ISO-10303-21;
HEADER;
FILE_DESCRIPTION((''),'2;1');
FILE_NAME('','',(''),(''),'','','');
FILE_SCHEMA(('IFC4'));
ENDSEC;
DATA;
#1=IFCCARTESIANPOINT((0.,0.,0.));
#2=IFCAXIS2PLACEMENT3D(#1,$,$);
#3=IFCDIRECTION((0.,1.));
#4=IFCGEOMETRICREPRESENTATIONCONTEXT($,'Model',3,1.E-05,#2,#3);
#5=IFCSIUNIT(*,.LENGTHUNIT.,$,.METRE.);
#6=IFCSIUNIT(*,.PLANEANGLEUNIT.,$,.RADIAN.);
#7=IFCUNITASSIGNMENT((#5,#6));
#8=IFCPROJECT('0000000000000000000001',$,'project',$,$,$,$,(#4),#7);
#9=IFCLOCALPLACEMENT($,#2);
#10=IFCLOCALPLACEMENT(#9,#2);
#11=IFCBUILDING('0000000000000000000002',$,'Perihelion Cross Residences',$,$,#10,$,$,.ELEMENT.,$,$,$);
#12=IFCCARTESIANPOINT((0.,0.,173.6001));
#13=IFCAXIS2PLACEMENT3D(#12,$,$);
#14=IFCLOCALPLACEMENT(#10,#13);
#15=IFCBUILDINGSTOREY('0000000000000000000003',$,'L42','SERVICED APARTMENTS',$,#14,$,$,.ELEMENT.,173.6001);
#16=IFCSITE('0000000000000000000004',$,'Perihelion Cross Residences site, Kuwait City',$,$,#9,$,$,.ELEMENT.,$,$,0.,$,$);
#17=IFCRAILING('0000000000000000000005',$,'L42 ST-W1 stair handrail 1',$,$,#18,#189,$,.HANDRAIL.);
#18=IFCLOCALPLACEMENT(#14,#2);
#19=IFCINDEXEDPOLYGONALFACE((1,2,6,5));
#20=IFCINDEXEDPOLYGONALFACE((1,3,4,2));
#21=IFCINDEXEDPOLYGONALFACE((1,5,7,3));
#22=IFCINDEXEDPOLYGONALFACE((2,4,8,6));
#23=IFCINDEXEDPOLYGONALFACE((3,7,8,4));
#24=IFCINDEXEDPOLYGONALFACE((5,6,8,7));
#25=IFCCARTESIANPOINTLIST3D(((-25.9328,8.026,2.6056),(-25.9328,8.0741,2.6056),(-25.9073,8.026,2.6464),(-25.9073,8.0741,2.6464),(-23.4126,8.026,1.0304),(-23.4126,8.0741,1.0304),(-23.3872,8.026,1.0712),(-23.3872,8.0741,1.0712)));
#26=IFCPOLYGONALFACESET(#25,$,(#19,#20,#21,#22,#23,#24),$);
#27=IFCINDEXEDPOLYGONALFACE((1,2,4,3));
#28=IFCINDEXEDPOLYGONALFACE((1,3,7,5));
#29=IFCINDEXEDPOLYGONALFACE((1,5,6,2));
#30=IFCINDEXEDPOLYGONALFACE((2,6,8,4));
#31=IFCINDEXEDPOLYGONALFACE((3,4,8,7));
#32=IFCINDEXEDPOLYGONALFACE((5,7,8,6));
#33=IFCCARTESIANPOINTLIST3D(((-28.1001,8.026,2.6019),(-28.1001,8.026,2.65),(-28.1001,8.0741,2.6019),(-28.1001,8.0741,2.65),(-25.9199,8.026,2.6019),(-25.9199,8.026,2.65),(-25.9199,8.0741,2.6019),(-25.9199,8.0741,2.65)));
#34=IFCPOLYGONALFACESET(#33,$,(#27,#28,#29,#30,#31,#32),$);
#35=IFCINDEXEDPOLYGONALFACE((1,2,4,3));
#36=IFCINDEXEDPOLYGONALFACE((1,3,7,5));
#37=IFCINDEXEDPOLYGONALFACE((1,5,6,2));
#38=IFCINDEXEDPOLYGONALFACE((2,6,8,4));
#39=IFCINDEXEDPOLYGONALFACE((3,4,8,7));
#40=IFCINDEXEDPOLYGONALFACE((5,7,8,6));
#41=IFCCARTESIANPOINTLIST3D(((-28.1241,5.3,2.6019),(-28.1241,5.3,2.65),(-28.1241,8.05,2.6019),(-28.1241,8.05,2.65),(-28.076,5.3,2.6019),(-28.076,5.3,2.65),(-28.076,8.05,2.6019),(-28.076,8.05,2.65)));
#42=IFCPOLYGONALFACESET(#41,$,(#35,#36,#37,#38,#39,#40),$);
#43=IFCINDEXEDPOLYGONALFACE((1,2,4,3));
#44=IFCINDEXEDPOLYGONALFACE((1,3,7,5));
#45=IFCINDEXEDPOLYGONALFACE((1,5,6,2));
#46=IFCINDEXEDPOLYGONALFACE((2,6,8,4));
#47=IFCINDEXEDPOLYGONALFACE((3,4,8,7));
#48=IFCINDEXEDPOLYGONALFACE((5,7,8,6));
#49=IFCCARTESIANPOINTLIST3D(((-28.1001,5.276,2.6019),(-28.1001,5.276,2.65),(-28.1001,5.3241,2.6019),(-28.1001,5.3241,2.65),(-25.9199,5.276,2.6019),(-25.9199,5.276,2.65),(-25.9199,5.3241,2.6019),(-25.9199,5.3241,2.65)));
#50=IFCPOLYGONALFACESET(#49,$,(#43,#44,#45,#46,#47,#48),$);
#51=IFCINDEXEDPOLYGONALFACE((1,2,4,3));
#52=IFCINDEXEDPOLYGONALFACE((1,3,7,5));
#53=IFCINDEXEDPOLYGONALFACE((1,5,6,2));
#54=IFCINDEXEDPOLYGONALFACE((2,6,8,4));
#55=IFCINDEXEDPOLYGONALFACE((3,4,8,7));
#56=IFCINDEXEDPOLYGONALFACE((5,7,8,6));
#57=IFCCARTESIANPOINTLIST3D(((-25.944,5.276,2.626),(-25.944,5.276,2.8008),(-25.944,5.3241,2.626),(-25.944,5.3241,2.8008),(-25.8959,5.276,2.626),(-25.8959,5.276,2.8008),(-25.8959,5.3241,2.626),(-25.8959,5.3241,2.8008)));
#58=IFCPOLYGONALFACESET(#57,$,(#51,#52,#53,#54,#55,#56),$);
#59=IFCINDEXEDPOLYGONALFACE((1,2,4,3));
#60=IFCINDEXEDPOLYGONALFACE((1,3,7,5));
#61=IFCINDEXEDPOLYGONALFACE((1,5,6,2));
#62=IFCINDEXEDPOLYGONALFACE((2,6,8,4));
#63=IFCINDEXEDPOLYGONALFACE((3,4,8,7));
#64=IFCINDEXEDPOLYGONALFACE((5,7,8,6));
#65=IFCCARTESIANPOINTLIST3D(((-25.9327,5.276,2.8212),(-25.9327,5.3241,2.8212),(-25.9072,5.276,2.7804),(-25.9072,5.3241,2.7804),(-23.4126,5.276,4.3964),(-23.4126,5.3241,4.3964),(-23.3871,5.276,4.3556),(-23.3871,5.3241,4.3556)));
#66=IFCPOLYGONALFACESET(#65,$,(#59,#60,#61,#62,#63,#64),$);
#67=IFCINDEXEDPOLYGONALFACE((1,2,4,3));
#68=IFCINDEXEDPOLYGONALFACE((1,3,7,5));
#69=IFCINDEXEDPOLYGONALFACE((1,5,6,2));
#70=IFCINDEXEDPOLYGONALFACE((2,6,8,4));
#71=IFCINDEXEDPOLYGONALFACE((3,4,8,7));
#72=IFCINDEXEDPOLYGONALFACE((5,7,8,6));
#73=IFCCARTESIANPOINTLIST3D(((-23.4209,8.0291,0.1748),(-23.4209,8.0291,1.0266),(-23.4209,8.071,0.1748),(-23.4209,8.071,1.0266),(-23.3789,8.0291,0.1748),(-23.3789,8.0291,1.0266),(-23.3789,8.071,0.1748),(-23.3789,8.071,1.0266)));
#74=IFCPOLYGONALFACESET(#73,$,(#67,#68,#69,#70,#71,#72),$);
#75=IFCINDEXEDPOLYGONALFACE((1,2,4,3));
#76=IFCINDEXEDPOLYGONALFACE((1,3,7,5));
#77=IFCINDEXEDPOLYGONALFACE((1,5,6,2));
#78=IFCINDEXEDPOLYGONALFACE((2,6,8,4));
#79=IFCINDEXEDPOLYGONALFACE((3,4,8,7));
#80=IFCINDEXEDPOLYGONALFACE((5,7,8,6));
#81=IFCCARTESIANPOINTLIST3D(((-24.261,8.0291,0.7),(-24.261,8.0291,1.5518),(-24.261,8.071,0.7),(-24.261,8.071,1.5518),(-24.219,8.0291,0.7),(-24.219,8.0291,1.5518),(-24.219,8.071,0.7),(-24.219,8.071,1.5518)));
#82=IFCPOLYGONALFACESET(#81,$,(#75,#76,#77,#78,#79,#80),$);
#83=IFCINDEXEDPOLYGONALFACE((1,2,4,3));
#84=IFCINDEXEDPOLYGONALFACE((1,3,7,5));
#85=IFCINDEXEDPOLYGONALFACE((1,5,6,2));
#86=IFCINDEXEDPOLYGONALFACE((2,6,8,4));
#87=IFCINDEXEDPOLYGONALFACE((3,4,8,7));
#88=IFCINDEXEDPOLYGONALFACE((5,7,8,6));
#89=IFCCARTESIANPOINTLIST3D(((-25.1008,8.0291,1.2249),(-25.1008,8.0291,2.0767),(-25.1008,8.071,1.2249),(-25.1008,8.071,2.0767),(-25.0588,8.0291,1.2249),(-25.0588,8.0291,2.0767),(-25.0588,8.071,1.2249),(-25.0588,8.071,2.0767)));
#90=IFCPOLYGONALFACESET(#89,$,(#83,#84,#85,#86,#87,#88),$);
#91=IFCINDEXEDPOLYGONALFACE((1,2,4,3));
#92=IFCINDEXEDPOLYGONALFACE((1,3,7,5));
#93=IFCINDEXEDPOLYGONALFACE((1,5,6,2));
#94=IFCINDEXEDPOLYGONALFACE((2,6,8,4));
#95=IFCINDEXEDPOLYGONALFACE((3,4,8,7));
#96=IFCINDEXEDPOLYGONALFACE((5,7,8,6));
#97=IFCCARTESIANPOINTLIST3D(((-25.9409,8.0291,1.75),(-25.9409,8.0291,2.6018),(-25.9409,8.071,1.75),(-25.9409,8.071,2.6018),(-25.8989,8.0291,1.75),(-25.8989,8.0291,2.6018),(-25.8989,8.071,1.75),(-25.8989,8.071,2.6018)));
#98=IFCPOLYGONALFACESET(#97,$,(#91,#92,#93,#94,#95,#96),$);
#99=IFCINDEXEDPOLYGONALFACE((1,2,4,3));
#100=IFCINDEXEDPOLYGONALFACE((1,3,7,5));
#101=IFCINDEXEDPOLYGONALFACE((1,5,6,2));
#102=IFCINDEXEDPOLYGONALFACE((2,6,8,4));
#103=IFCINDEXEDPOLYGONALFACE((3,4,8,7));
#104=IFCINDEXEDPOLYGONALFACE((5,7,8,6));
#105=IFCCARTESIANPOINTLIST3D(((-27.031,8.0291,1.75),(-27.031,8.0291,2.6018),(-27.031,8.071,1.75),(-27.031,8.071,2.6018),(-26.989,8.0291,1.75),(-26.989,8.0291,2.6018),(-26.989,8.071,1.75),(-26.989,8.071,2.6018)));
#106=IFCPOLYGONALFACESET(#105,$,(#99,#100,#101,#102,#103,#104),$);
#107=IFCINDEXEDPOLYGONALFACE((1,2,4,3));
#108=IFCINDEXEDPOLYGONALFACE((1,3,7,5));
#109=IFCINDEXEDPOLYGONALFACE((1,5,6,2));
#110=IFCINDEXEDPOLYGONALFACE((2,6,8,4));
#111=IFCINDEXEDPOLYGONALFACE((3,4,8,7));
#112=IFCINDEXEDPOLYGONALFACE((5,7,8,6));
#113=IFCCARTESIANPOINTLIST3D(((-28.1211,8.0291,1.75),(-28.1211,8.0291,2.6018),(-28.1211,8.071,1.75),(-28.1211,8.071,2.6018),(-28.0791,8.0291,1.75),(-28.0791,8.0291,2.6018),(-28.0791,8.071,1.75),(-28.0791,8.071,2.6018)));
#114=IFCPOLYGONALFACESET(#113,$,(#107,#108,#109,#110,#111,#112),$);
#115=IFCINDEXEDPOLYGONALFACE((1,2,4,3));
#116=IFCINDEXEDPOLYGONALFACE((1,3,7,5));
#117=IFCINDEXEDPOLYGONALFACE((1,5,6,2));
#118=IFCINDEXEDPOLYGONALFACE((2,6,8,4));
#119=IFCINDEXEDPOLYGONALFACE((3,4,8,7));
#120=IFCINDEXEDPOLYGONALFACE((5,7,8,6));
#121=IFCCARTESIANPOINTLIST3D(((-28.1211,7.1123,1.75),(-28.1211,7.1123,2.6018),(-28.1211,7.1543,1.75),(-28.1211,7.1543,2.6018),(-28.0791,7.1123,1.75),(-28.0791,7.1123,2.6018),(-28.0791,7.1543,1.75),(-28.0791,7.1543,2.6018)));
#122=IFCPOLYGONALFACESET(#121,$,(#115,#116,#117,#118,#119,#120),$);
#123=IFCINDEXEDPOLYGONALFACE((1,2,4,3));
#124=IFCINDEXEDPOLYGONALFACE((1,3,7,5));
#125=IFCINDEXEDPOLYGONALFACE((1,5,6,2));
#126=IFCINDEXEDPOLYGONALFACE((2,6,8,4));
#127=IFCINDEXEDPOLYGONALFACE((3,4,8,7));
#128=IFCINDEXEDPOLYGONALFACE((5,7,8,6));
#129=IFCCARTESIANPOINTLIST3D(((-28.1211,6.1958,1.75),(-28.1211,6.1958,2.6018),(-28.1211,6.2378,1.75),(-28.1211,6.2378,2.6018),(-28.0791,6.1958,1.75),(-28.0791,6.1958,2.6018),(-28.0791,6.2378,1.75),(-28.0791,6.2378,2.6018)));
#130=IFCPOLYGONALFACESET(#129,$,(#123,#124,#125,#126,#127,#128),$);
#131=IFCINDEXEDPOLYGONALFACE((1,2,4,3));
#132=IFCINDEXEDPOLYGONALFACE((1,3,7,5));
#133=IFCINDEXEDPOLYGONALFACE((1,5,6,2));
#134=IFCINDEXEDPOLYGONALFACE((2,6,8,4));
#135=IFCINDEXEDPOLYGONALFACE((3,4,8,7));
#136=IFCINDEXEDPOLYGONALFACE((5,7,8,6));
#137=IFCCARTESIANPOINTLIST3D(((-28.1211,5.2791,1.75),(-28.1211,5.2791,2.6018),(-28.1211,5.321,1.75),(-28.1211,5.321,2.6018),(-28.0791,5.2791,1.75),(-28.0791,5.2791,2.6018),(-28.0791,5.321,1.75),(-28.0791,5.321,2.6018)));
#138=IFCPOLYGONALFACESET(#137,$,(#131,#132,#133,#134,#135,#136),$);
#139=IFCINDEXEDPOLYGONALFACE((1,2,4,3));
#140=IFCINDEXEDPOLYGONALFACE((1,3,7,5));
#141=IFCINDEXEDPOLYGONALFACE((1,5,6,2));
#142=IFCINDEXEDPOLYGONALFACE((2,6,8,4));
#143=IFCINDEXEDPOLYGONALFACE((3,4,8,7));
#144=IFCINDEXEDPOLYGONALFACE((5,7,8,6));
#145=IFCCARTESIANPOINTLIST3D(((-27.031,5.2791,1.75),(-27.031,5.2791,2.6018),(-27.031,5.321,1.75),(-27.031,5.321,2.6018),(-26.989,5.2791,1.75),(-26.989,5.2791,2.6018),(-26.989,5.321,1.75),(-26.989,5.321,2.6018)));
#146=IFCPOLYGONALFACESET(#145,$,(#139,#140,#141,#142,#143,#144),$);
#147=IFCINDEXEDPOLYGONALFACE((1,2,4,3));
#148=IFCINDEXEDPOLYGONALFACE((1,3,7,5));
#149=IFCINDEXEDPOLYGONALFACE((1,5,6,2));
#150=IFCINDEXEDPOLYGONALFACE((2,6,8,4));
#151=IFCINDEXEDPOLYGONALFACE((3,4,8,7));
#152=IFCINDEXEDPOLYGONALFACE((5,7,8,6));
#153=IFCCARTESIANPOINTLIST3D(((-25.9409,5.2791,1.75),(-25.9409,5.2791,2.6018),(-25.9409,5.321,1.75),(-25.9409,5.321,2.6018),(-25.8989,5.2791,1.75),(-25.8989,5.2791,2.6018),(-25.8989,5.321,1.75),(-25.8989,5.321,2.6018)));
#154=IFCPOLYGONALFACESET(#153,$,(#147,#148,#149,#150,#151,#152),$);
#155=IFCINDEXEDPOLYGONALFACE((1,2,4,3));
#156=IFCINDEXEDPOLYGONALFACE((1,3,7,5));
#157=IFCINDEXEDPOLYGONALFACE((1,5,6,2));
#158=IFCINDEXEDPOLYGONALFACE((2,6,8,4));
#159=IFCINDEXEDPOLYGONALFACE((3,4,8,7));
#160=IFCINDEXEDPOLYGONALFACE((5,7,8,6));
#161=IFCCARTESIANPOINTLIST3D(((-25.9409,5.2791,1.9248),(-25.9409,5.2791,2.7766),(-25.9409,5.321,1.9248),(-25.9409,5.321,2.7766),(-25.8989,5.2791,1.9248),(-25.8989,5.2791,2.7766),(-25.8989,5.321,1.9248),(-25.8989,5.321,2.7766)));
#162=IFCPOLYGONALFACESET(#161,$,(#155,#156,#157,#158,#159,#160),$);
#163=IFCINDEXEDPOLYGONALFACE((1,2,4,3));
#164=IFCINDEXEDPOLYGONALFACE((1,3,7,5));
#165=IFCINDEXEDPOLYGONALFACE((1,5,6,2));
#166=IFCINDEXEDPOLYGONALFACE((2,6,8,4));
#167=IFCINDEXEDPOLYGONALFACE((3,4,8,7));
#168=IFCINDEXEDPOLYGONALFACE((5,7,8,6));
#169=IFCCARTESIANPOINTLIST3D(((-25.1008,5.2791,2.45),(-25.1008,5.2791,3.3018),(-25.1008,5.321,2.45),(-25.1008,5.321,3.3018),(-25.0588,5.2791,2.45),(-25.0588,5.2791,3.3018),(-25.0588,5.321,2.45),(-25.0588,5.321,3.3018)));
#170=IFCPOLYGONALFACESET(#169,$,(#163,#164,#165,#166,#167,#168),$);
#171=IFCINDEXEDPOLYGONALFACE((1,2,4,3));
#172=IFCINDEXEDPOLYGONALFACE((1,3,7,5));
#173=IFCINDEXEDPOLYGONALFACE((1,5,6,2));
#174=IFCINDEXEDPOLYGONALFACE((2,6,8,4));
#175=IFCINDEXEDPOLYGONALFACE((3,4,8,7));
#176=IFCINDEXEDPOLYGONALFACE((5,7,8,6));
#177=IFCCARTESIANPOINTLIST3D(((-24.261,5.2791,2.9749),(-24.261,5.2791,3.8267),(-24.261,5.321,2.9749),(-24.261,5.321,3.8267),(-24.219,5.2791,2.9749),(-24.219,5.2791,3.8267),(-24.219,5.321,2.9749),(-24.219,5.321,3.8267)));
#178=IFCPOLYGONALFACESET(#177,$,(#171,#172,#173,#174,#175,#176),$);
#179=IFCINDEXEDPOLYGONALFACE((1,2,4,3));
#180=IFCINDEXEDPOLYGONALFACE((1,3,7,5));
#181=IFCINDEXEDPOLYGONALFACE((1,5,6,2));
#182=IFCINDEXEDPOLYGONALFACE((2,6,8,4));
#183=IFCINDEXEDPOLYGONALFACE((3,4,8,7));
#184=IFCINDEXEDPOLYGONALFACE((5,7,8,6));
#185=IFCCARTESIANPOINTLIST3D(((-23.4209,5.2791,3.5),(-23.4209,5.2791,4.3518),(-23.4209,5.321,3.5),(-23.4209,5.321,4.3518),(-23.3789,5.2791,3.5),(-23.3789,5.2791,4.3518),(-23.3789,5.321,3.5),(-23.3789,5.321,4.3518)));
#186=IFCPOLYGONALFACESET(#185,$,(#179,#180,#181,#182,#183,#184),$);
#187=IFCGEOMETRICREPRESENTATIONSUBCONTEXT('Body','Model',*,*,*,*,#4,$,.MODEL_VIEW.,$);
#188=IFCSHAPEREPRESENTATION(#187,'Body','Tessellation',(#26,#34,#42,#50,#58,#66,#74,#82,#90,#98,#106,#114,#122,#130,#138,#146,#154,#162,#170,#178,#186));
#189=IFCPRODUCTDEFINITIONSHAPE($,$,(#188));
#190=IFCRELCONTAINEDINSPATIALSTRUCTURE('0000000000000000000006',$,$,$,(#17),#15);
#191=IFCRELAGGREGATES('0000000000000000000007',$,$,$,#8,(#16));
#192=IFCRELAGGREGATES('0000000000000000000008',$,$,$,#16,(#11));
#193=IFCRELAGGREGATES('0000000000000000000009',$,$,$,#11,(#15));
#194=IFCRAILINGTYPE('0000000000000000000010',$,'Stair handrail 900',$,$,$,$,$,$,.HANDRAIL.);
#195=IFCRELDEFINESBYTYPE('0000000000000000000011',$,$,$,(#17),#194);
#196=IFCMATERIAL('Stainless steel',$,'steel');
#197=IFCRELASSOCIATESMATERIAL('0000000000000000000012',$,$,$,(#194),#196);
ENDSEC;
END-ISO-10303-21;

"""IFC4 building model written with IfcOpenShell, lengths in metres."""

from ifc_helpers import new_model, si_unit, direction, frame, origin, origin_2d, place, context, subcontext, project, spatial, rectangle, extrude, material, type_object, element, save


model = new_model("IFC4")

# Units and contexts
model_context = context("Model", 3, precision=1e-05, world=origin(), true_north=direction((0.0, 1.0)))
body_context = subcontext(model_context, "Body", "Model", "MODEL_VIEW")
ifc_project = project(units=[si_unit("LENGTHUNIT", "METRE"), si_unit("PLANEANGLEUNIT", "RADIAN")], contexts=[model_context])

# Site, building, storey
site_placement = place(None, origin())
site = spatial("IfcSite", under=ifc_project, at=site_placement, Name="Perihelion Cross Residences site, Kuwait City", CompositionType="ELEMENT", RefElevation=0.0)
building_placement = place(site_placement, origin())
building = spatial("IfcBuilding", under=site, at=building_placement, Name="Perihelion Cross Residences", CompositionType="ELEMENT")
storey_placement = place(building_placement, frame((0.0, 0.0, 173.6001)))
storey = spatial("IfcBuildingStorey", under=building, at=storey_placement, Name="L42", Description="SERVICED APARTMENTS", CompositionType="ELEMENT", Elevation=173.6001)

# Railing
ifc_material_1 = material(Name="Stainless steel", Category="steel")
railing_type_1 = type_object("IfcRailingType", Name="Stair handrail 900", PredefinedType="HANDRAIL", material=ifc_material_1)
railing_1_placement = place(storey_placement, frame((-23.3999, 8.05, 0.1748)))
element("IfcRailing", 1, at=railing_1_placement, inside=storey, type_object=railing_type_1, Name="L42 ST-W1 stair handrail 1", PredefinedType="HANDRAIL", context=body_context, shape_type="SweptSolid", body=[
    extrude(rectangle(XDim=0.0481, YDim=0.0481, at=origin_2d()), frame((0.0, 0.0, 0.876), z_axis=(-0.847971, 0.0, 0.530043), x_axis=(0.0, -1.0, 0.0)), (0.0, 0.0, 1.0), 2.9719),
    extrude(rectangle(XDim=0.0481, YDim=0.0481, at=origin_2d()), frame((-2.52, 0.0, 2.4512), z_axis=(-1.0, 0.0, 0.0), x_axis=(0.0, -1.0, 0.0)), (0.0, 0.0, 1.0), 2.1802),
    extrude(rectangle(XDim=0.0481, YDim=0.0481, at=origin_2d()), frame((-4.7002, 0.0, 2.4512), z_axis=(0.0, -1.0, 0.0), x_axis=(1.0, 0.0, 0.0)), (0.0, 0.0, 1.0), 2.75),
    extrude(rectangle(XDim=0.0481, YDim=0.0481, at=origin_2d()), frame((-4.7002, -2.75, 2.4512), z_axis=(1.0, 0.0, 0.0), x_axis=(0.0, 1.0, 0.0)), (0.0, 0.0, 1.0), 2.1802),
    extrude(rectangle(XDim=0.0481, YDim=0.0481, at=origin_2d()), frame((-2.52, -2.75, 2.4512), z_axis=(0.0, 0.0, 1.0), x_axis=(1.0, 0.0, 0.0)), (0.0, 0.0, 1.0), 0.1748),
    extrude(rectangle(XDim=0.0481, YDim=0.0481, at=origin_2d()), frame((-2.52, -2.75, 2.626), z_axis=(0.847971, 0.0, 0.530043), x_axis=(0.0, 1.0, 0.0)), (0.0, 0.0, 1.0), 2.9719),
    extrude(rectangle(XDim=0.042, YDim=0.042, at=origin_2d()), origin(), (0.0, 0.0, 1.0), 0.8518),
    extrude(rectangle(XDim=0.042, YDim=0.042, at=origin_2d()), frame((-0.8401, 0.0, 0.5251)), (0.0, 0.0, 1.0), 0.8518),
    extrude(rectangle(XDim=0.042, YDim=0.042, at=origin_2d()), frame((-1.6799, 0.0, 1.05)), (0.0, 0.0, 1.0), 0.8518),
    extrude(rectangle(XDim=0.042, YDim=0.042, at=origin_2d()), frame((-2.52, 0.0, 1.5752)), (0.0, 0.0, 1.0), 0.8518),
    extrude(rectangle(XDim=0.042, YDim=0.042, at=origin_2d()), frame((-3.6101, 0.0, 1.5752)), (0.0, 0.0, 1.0), 0.8518),
    extrude(rectangle(XDim=0.042, YDim=0.042, at=origin_2d()), frame((-4.7002, 0.0, 1.5752)), (0.0, 0.0, 1.0), 0.8518),
    extrude(rectangle(XDim=0.042, YDim=0.042, at=origin_2d()), frame((-4.7002, -0.9167, 1.5752)), (0.0, 0.0, 1.0), 0.8518),
    extrude(rectangle(XDim=0.042, YDim=0.042, at=origin_2d()), frame((-4.7002, -1.8333, 1.5752)), (0.0, 0.0, 1.0), 0.8518),
    extrude(rectangle(XDim=0.042, YDim=0.042, at=origin_2d()), frame((-4.7002, -2.75, 1.5752)), (0.0, 0.0, 1.0), 0.8518),
    extrude(rectangle(XDim=0.042, YDim=0.042, at=origin_2d()), frame((-3.6101, -2.75, 1.5752)), (0.0, 0.0, 1.0), 0.8518),
    extrude(rectangle(XDim=0.042, YDim=0.042, at=origin_2d()), frame((-2.52, -2.75, 1.5752)), (0.0, 0.0, 1.0), 0.8518),
    extrude(rectangle(XDim=0.042, YDim=0.042, at=origin_2d()), frame((-2.52, -2.75, 1.75)), (0.0, 0.0, 1.0), 0.8518),
    extrude(rectangle(XDim=0.042, YDim=0.042, at=origin_2d()), frame((-1.6799, -2.75, 2.2751)), (0.0, 0.0, 1.0), 0.8518),
    extrude(rectangle(XDim=0.042, YDim=0.042, at=origin_2d()), frame((-0.8401, -2.75, 2.8)), (0.0, 0.0, 1.0), 0.8518),
    extrude(rectangle(XDim=0.042, YDim=0.042, at=origin_2d()), frame((0.0, -2.75, 3.3252)), (0.0, 0.0, 1.0), 0.8518),
])

save(model, "model.ifc")
